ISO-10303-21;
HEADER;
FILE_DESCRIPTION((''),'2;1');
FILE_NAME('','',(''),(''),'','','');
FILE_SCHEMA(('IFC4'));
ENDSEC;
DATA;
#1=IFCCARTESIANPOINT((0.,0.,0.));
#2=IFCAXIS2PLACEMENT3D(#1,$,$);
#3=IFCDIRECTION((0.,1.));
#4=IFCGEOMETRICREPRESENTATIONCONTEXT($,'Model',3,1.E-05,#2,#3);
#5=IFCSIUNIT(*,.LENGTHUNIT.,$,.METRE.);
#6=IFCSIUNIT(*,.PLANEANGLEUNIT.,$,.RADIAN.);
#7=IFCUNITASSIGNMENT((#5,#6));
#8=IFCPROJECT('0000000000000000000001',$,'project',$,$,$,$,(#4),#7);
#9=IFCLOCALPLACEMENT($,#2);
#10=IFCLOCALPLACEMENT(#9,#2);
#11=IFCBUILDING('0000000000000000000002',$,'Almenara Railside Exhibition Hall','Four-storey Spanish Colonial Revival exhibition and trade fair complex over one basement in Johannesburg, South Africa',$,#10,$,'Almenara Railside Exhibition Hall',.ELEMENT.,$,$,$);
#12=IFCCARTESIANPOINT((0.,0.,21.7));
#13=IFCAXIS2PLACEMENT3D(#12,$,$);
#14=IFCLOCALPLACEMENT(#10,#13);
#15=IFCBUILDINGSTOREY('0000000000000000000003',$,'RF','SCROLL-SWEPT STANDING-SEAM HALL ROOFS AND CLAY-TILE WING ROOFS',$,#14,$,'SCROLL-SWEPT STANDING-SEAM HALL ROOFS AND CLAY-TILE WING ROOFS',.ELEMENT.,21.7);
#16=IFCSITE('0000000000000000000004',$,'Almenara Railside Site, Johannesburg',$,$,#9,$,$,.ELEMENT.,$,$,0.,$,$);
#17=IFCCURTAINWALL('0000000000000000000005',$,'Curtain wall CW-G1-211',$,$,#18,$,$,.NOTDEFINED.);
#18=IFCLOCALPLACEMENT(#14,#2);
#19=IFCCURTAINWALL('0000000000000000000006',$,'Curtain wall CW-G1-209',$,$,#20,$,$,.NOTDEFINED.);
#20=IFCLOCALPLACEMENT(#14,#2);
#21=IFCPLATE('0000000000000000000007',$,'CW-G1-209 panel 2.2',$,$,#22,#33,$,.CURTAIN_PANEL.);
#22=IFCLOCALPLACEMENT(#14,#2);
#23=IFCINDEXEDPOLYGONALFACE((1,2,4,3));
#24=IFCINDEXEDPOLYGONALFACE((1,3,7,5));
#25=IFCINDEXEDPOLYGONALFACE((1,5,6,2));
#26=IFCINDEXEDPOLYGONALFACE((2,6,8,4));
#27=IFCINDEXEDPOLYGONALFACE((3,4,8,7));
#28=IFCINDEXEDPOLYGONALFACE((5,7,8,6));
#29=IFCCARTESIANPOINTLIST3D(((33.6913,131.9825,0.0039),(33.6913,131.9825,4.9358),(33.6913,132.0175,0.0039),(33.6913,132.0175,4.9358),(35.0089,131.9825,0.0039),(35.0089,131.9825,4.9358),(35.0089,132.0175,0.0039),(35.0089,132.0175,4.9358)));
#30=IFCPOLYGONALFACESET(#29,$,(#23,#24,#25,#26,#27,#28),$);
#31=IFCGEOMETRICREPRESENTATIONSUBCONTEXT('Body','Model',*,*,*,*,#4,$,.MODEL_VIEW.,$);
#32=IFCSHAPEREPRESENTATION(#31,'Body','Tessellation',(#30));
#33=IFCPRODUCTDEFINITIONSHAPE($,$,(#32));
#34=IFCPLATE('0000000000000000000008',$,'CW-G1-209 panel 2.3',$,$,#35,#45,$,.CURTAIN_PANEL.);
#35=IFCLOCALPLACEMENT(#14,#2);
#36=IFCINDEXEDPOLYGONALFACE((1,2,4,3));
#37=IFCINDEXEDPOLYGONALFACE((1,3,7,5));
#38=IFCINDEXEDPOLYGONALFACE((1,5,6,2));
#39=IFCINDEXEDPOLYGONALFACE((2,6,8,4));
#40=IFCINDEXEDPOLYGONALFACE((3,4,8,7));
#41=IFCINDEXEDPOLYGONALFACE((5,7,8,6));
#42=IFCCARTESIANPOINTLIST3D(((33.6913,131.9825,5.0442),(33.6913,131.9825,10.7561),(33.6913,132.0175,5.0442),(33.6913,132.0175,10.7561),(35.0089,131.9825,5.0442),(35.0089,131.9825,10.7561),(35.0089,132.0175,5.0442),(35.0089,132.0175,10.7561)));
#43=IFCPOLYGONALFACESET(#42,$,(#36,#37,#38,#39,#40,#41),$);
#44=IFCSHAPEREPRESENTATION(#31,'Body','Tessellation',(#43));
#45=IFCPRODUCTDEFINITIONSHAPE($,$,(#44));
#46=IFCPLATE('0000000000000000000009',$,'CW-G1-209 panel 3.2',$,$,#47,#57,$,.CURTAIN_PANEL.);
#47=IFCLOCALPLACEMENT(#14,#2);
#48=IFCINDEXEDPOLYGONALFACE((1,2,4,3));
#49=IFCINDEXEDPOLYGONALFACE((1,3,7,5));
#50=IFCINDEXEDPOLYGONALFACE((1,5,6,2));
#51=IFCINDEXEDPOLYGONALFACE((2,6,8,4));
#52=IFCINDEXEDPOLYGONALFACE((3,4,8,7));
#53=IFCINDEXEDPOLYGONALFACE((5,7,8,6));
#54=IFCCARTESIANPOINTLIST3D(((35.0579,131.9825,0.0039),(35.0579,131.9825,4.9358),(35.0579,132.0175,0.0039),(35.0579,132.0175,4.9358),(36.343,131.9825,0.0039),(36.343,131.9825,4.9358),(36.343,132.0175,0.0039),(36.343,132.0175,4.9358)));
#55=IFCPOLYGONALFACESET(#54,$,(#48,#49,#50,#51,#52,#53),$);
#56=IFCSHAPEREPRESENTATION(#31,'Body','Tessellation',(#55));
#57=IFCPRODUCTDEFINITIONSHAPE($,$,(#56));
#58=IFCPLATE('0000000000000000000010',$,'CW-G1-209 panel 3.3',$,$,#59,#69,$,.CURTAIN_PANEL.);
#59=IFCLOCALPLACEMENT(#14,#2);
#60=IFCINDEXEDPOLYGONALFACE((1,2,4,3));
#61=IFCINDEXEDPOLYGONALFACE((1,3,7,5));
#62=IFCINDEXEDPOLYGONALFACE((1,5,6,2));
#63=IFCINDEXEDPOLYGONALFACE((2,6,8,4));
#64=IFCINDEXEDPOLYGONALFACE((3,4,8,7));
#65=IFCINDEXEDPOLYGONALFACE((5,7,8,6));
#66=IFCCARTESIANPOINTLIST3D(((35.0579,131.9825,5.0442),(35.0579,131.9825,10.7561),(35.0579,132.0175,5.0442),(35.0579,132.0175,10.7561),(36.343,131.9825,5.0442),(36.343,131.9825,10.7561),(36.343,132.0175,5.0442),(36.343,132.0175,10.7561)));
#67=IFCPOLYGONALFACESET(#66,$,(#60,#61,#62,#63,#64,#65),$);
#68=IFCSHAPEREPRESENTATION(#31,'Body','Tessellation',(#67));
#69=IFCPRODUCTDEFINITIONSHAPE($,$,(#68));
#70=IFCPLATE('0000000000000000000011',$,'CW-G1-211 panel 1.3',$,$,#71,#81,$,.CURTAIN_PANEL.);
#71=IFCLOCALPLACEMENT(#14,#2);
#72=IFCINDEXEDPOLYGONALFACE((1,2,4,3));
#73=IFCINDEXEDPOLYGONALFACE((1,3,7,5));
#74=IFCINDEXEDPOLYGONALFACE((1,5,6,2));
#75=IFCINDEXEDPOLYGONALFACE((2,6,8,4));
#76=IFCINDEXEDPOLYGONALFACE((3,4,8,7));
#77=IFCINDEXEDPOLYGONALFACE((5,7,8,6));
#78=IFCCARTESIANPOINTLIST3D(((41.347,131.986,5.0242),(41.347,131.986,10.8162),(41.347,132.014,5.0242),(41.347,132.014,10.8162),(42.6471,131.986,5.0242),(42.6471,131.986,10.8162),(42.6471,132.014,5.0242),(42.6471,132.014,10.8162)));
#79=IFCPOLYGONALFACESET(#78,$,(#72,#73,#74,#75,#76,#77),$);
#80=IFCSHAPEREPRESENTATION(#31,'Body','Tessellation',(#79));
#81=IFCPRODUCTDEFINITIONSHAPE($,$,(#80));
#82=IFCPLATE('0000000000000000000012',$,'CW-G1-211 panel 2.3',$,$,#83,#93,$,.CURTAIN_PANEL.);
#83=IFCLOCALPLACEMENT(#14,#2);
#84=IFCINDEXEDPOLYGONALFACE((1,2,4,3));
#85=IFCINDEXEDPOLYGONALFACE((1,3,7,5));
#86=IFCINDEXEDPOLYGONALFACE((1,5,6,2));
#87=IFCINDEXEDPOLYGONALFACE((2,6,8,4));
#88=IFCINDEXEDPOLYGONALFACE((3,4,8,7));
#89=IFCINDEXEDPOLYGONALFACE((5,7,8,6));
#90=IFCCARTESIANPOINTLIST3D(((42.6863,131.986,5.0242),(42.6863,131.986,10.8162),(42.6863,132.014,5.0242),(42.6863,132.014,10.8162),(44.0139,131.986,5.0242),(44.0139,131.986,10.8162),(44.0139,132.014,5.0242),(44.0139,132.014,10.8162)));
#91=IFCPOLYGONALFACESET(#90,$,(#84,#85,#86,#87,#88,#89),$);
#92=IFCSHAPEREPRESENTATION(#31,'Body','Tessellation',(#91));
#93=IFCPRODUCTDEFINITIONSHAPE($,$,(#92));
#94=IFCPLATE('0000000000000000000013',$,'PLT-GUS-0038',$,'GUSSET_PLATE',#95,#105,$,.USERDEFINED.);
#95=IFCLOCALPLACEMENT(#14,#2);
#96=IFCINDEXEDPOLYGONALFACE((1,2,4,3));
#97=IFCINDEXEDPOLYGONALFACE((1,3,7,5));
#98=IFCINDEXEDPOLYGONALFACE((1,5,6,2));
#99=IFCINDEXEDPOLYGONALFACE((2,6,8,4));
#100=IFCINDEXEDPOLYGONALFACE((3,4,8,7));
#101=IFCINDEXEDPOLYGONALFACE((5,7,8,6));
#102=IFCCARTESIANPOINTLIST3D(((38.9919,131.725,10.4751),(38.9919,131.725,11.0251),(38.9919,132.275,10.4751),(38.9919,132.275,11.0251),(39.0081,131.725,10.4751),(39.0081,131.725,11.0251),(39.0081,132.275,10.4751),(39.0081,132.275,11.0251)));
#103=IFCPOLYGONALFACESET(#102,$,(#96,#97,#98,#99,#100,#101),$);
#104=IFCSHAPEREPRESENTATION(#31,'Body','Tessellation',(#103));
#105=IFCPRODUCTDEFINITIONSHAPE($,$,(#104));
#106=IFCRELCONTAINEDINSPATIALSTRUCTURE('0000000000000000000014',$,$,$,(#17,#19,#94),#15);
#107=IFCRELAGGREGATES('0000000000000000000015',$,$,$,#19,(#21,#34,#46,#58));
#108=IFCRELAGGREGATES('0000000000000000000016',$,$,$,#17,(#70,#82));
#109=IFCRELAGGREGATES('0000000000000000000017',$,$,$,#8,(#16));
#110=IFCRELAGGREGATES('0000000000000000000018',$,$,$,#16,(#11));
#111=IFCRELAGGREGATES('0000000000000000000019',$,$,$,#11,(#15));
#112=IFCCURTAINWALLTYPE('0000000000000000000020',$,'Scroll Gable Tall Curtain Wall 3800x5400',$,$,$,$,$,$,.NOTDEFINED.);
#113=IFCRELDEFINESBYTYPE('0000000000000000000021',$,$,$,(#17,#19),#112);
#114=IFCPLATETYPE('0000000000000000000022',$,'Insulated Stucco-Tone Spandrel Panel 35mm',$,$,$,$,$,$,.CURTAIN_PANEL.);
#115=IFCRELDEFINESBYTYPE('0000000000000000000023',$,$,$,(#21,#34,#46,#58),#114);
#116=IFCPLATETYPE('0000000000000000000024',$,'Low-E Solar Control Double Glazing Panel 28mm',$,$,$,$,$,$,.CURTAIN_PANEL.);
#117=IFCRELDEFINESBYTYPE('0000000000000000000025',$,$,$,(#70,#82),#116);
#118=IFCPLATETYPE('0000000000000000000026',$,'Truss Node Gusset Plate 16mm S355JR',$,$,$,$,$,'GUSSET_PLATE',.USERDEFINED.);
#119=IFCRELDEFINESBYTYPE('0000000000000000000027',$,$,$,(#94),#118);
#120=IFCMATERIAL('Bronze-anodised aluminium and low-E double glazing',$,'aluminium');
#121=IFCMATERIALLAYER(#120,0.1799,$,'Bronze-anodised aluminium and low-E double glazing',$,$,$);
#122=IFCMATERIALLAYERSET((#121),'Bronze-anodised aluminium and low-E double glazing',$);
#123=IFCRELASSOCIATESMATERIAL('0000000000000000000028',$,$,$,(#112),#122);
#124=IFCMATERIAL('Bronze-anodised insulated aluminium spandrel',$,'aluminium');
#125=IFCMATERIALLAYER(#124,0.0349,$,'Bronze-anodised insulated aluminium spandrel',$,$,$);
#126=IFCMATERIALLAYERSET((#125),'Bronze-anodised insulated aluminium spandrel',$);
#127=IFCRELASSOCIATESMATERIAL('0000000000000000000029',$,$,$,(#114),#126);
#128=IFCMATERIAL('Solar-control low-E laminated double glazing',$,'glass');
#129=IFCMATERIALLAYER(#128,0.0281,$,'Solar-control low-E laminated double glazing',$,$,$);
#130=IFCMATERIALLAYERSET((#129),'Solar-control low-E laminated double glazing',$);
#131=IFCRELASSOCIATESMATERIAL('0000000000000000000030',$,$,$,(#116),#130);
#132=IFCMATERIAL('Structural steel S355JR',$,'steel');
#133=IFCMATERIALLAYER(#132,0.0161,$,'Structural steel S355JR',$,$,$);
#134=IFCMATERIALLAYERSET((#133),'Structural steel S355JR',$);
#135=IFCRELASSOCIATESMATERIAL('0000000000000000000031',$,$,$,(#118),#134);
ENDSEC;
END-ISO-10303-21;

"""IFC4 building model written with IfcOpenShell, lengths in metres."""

from ifc_helpers import new_model, si_unit, direction, frame, origin, origin_2d, place, context, subcontext, project, spatial, rectangle, extrude, material, layer, layer_set, type_object, element, aggregate, save


model = new_model("IFC4")

# Units and contexts
model_context = context("Model", 3, precision=1e-05, world=origin(), true_north=direction((0.0, 1.0)))
body_context = subcontext(model_context, "Body", "Model", "MODEL_VIEW")
ifc_project = project(units=[si_unit("LENGTHUNIT", "METRE"), si_unit("PLANEANGLEUNIT", "RADIAN")], contexts=[model_context])

# Site, building, storey
site_placement = place(None, origin())
site = spatial("IfcSite", under=ifc_project, at=site_placement, Name="Almenara Railside Site, Johannesburg", CompositionType="ELEMENT", RefElevation=0.0)
building_placement = place(site_placement, origin())
building = spatial("IfcBuilding", under=site, at=building_placement, Name="Almenara Railside Exhibition Hall", Description="Four-storey Spanish Colonial Revival exhibition and trade fair complex over one basement in Johannesburg, South Africa", LongName="Almenara Railside Exhibition Hall", CompositionType="ELEMENT")
storey_placement = place(building_placement, frame((0.0, 0.0, 21.7)))
storey = spatial("IfcBuildingStorey", under=building, at=storey_placement, Name="RF", Description="SCROLL-SWEPT STANDING-SEAM HALL ROOFS AND CLAY-TILE WING ROOFS", LongName="SCROLL-SWEPT STANDING-SEAM HALL ROOFS AND CLAY-TILE WING ROOFS", CompositionType="ELEMENT", Elevation=21.7)

# Shared definitions
ifc_material_1 = material(Name="Structural steel S355JR", Category="steel")

# Curtain walls
ifc_material_2 = material(Name="Bronze-anodised aluminium and low-E double glazing", Category="aluminium")
ifc_layer_1 = layer(ifc_material_2, 0.1799, Name="Bronze-anodised aluminium and low-E double glazing")
ifc_layer_set_1 = layer_set([ifc_layer_1], Name="Bronze-anodised aluminium and low-E double glazing")
curtain_wall_type = type_object("IfcCurtainWallType", Name="Scroll Gable Tall Curtain Wall 3800x5400", PredefinedType="NOTDEFINED", material=ifc_layer_set_1)
curtain_wall_1_placement = place(storey_placement, origin())
curtain_wall_1 = element("IfcCurtainWall", 1, at=curtain_wall_1_placement, inside=storey, type_object=curtain_wall_type, Name="Curtain wall CW-G1-211", PredefinedType="NOTDEFINED")
curtain_wall_2_placement = place(storey_placement, origin())
curtain_wall_2 = element("IfcCurtainWall", 2, at=curtain_wall_2_placement, inside=storey, type_object=curtain_wall_type, Name="Curtain wall CW-G1-209", PredefinedType="NOTDEFINED")

# Plates
ifc_material_3 = material(Name="Bronze-anodised insulated aluminium spandrel", Category="aluminium")
ifc_layer_2 = layer(ifc_material_3, 0.0349, Name="Bronze-anodised insulated aluminium spandrel")
ifc_layer_set_2 = layer_set([ifc_layer_2], Name="Bronze-anodised insulated aluminium spandrel")
plate_type_1 = type_object("IfcPlateType", Name="Insulated Stucco-Tone Spandrel Panel 35mm", PredefinedType="CURTAIN_PANEL", material=ifc_layer_set_2)
plate_1_placement = place(storey_placement, frame((34.3501, 132.0, 0.0039), z_axis=(0.0, 0.0, 1.0), x_axis=(1.0, 0.0, 0.0)))
plate_1 = element("IfcPlate", 3, at=plate_1_placement, type_object=plate_type_1, Name="CW-G1-209 panel 2.2", PredefinedType="CURTAIN_PANEL", context=body_context, shape_type="SweptSolid", body=[
    extrude(rectangle(XDim=1.3176, YDim=0.0349, at=origin_2d()), origin(), (0.0, 0.0, 1.0), 4.9319),
])
plate_2_placement = place(storey_placement, frame((34.3501, 132.0, 5.0442), z_axis=(0.0, 0.0, 1.0), x_axis=(1.0, 0.0, 0.0)))
plate_2 = element("IfcPlate", 4, at=plate_2_placement, type_object=plate_type_1, Name="CW-G1-209 panel 2.3", PredefinedType="CURTAIN_PANEL", context=body_context, shape_type="SweptSolid", body=[
    extrude(rectangle(XDim=1.3176, YDim=0.0349, at=origin_2d()), origin(), (0.0, 0.0, 1.0), 5.7119),
])
plate_3_placement = place(storey_placement, frame((35.7004, 132.0, 0.0039), z_axis=(0.0, 0.0, 1.0), x_axis=(1.0, 0.0, 0.0)))
plate_3 = element("IfcPlate", 5, at=plate_3_placement, type_object=plate_type_1, Name="CW-G1-209 panel 3.2", PredefinedType="CURTAIN_PANEL", context=body_context, shape_type="SweptSolid", body=[
    extrude(rectangle(XDim=1.2852, YDim=0.0349, at=origin_2d()), origin(), (0.0, 0.0, 1.0), 4.9319),
])
plate_4_placement = place(storey_placement, frame((35.7004, 132.0, 5.0442), z_axis=(0.0, 0.0, 1.0), x_axis=(1.0, 0.0, 0.0)))
plate_4 = element("IfcPlate", 6, at=plate_4_placement, type_object=plate_type_1, Name="CW-G1-209 panel 3.3", PredefinedType="CURTAIN_PANEL", context=body_context, shape_type="SweptSolid", body=[
    extrude(rectangle(XDim=1.2852, YDim=0.0349, at=origin_2d()), origin(), (0.0, 0.0, 1.0), 5.7119),
])
aggregate(curtain_wall_2, [plate_1, plate_2, plate_3, plate_4])
ifc_material_4 = material(Name="Solar-control low-E laminated double glazing", Category="glass")
ifc_layer_3 = layer(ifc_material_4, 0.0281, Name="Solar-control low-E laminated double glazing")
ifc_layer_set_3 = layer_set([ifc_layer_3], Name="Solar-control low-E laminated double glazing")
plate_type_2 = type_object("IfcPlateType", Name="Low-E Solar Control Double Glazing Panel 28mm", PredefinedType="CURTAIN_PANEL", material=ifc_layer_set_3)
plate_5_placement = place(storey_placement, frame((41.9971, 132.0, 5.0242), z_axis=(0.0, 0.0, 1.0), x_axis=(1.0, 0.0, 0.0)))
plate_5 = element("IfcPlate", 7, at=plate_5_placement, type_object=plate_type_2, Name="CW-G1-211 panel 1.3", PredefinedType="CURTAIN_PANEL", context=body_context, shape_type="SweptSolid", body=[
    extrude(rectangle(XDim=1.3, YDim=0.0281, at=origin_2d()), origin(), (0.0, 0.0, 1.0), 5.792),
])
plate_6_placement = place(storey_placement, frame((43.3501, 132.0, 5.0242), z_axis=(0.0, 0.0, 1.0), x_axis=(1.0, 0.0, 0.0)))
plate_6 = element("IfcPlate", 8, at=plate_6_placement, type_object=plate_type_2, Name="CW-G1-211 panel 2.3", PredefinedType="CURTAIN_PANEL", context=body_context, shape_type="SweptSolid", body=[
    extrude(rectangle(XDim=1.3276, YDim=0.0281, at=origin_2d()), origin(), (0.0, 0.0, 1.0), 5.792),
])
aggregate(curtain_wall_1, [plate_5, plate_6])
ifc_layer_4 = layer(ifc_material_1, 0.0161, Name="Structural steel S355JR")
ifc_layer_set_4 = layer_set([ifc_layer_4], Name="Structural steel S355JR")
plate_type_3 = type_object("IfcPlateType", Name="Truss Node Gusset Plate 16mm S355JR", ElementType="GUSSET_PLATE", PredefinedType="USERDEFINED", material=ifc_layer_set_4)
plate_7_placement = place(storey_placement, frame((39.0, 132.0, 10.4751), z_axis=(0.0, 0.0, 1.0), x_axis=(0.0, 1.0, 0.0)))
element("IfcPlate", 9, at=plate_7_placement, inside=storey, type_object=plate_type_3, Name="PLT-GUS-0038", ObjectType="GUSSET_PLATE", PredefinedType="USERDEFINED", context=body_context, shape_type="SweptSolid", body=[
    extrude(rectangle(XDim=0.55, YDim=0.0161, at=origin_2d()), origin(), (0.0, 0.0, 1.0), 0.55),
])

save(model, "model.ifc")
